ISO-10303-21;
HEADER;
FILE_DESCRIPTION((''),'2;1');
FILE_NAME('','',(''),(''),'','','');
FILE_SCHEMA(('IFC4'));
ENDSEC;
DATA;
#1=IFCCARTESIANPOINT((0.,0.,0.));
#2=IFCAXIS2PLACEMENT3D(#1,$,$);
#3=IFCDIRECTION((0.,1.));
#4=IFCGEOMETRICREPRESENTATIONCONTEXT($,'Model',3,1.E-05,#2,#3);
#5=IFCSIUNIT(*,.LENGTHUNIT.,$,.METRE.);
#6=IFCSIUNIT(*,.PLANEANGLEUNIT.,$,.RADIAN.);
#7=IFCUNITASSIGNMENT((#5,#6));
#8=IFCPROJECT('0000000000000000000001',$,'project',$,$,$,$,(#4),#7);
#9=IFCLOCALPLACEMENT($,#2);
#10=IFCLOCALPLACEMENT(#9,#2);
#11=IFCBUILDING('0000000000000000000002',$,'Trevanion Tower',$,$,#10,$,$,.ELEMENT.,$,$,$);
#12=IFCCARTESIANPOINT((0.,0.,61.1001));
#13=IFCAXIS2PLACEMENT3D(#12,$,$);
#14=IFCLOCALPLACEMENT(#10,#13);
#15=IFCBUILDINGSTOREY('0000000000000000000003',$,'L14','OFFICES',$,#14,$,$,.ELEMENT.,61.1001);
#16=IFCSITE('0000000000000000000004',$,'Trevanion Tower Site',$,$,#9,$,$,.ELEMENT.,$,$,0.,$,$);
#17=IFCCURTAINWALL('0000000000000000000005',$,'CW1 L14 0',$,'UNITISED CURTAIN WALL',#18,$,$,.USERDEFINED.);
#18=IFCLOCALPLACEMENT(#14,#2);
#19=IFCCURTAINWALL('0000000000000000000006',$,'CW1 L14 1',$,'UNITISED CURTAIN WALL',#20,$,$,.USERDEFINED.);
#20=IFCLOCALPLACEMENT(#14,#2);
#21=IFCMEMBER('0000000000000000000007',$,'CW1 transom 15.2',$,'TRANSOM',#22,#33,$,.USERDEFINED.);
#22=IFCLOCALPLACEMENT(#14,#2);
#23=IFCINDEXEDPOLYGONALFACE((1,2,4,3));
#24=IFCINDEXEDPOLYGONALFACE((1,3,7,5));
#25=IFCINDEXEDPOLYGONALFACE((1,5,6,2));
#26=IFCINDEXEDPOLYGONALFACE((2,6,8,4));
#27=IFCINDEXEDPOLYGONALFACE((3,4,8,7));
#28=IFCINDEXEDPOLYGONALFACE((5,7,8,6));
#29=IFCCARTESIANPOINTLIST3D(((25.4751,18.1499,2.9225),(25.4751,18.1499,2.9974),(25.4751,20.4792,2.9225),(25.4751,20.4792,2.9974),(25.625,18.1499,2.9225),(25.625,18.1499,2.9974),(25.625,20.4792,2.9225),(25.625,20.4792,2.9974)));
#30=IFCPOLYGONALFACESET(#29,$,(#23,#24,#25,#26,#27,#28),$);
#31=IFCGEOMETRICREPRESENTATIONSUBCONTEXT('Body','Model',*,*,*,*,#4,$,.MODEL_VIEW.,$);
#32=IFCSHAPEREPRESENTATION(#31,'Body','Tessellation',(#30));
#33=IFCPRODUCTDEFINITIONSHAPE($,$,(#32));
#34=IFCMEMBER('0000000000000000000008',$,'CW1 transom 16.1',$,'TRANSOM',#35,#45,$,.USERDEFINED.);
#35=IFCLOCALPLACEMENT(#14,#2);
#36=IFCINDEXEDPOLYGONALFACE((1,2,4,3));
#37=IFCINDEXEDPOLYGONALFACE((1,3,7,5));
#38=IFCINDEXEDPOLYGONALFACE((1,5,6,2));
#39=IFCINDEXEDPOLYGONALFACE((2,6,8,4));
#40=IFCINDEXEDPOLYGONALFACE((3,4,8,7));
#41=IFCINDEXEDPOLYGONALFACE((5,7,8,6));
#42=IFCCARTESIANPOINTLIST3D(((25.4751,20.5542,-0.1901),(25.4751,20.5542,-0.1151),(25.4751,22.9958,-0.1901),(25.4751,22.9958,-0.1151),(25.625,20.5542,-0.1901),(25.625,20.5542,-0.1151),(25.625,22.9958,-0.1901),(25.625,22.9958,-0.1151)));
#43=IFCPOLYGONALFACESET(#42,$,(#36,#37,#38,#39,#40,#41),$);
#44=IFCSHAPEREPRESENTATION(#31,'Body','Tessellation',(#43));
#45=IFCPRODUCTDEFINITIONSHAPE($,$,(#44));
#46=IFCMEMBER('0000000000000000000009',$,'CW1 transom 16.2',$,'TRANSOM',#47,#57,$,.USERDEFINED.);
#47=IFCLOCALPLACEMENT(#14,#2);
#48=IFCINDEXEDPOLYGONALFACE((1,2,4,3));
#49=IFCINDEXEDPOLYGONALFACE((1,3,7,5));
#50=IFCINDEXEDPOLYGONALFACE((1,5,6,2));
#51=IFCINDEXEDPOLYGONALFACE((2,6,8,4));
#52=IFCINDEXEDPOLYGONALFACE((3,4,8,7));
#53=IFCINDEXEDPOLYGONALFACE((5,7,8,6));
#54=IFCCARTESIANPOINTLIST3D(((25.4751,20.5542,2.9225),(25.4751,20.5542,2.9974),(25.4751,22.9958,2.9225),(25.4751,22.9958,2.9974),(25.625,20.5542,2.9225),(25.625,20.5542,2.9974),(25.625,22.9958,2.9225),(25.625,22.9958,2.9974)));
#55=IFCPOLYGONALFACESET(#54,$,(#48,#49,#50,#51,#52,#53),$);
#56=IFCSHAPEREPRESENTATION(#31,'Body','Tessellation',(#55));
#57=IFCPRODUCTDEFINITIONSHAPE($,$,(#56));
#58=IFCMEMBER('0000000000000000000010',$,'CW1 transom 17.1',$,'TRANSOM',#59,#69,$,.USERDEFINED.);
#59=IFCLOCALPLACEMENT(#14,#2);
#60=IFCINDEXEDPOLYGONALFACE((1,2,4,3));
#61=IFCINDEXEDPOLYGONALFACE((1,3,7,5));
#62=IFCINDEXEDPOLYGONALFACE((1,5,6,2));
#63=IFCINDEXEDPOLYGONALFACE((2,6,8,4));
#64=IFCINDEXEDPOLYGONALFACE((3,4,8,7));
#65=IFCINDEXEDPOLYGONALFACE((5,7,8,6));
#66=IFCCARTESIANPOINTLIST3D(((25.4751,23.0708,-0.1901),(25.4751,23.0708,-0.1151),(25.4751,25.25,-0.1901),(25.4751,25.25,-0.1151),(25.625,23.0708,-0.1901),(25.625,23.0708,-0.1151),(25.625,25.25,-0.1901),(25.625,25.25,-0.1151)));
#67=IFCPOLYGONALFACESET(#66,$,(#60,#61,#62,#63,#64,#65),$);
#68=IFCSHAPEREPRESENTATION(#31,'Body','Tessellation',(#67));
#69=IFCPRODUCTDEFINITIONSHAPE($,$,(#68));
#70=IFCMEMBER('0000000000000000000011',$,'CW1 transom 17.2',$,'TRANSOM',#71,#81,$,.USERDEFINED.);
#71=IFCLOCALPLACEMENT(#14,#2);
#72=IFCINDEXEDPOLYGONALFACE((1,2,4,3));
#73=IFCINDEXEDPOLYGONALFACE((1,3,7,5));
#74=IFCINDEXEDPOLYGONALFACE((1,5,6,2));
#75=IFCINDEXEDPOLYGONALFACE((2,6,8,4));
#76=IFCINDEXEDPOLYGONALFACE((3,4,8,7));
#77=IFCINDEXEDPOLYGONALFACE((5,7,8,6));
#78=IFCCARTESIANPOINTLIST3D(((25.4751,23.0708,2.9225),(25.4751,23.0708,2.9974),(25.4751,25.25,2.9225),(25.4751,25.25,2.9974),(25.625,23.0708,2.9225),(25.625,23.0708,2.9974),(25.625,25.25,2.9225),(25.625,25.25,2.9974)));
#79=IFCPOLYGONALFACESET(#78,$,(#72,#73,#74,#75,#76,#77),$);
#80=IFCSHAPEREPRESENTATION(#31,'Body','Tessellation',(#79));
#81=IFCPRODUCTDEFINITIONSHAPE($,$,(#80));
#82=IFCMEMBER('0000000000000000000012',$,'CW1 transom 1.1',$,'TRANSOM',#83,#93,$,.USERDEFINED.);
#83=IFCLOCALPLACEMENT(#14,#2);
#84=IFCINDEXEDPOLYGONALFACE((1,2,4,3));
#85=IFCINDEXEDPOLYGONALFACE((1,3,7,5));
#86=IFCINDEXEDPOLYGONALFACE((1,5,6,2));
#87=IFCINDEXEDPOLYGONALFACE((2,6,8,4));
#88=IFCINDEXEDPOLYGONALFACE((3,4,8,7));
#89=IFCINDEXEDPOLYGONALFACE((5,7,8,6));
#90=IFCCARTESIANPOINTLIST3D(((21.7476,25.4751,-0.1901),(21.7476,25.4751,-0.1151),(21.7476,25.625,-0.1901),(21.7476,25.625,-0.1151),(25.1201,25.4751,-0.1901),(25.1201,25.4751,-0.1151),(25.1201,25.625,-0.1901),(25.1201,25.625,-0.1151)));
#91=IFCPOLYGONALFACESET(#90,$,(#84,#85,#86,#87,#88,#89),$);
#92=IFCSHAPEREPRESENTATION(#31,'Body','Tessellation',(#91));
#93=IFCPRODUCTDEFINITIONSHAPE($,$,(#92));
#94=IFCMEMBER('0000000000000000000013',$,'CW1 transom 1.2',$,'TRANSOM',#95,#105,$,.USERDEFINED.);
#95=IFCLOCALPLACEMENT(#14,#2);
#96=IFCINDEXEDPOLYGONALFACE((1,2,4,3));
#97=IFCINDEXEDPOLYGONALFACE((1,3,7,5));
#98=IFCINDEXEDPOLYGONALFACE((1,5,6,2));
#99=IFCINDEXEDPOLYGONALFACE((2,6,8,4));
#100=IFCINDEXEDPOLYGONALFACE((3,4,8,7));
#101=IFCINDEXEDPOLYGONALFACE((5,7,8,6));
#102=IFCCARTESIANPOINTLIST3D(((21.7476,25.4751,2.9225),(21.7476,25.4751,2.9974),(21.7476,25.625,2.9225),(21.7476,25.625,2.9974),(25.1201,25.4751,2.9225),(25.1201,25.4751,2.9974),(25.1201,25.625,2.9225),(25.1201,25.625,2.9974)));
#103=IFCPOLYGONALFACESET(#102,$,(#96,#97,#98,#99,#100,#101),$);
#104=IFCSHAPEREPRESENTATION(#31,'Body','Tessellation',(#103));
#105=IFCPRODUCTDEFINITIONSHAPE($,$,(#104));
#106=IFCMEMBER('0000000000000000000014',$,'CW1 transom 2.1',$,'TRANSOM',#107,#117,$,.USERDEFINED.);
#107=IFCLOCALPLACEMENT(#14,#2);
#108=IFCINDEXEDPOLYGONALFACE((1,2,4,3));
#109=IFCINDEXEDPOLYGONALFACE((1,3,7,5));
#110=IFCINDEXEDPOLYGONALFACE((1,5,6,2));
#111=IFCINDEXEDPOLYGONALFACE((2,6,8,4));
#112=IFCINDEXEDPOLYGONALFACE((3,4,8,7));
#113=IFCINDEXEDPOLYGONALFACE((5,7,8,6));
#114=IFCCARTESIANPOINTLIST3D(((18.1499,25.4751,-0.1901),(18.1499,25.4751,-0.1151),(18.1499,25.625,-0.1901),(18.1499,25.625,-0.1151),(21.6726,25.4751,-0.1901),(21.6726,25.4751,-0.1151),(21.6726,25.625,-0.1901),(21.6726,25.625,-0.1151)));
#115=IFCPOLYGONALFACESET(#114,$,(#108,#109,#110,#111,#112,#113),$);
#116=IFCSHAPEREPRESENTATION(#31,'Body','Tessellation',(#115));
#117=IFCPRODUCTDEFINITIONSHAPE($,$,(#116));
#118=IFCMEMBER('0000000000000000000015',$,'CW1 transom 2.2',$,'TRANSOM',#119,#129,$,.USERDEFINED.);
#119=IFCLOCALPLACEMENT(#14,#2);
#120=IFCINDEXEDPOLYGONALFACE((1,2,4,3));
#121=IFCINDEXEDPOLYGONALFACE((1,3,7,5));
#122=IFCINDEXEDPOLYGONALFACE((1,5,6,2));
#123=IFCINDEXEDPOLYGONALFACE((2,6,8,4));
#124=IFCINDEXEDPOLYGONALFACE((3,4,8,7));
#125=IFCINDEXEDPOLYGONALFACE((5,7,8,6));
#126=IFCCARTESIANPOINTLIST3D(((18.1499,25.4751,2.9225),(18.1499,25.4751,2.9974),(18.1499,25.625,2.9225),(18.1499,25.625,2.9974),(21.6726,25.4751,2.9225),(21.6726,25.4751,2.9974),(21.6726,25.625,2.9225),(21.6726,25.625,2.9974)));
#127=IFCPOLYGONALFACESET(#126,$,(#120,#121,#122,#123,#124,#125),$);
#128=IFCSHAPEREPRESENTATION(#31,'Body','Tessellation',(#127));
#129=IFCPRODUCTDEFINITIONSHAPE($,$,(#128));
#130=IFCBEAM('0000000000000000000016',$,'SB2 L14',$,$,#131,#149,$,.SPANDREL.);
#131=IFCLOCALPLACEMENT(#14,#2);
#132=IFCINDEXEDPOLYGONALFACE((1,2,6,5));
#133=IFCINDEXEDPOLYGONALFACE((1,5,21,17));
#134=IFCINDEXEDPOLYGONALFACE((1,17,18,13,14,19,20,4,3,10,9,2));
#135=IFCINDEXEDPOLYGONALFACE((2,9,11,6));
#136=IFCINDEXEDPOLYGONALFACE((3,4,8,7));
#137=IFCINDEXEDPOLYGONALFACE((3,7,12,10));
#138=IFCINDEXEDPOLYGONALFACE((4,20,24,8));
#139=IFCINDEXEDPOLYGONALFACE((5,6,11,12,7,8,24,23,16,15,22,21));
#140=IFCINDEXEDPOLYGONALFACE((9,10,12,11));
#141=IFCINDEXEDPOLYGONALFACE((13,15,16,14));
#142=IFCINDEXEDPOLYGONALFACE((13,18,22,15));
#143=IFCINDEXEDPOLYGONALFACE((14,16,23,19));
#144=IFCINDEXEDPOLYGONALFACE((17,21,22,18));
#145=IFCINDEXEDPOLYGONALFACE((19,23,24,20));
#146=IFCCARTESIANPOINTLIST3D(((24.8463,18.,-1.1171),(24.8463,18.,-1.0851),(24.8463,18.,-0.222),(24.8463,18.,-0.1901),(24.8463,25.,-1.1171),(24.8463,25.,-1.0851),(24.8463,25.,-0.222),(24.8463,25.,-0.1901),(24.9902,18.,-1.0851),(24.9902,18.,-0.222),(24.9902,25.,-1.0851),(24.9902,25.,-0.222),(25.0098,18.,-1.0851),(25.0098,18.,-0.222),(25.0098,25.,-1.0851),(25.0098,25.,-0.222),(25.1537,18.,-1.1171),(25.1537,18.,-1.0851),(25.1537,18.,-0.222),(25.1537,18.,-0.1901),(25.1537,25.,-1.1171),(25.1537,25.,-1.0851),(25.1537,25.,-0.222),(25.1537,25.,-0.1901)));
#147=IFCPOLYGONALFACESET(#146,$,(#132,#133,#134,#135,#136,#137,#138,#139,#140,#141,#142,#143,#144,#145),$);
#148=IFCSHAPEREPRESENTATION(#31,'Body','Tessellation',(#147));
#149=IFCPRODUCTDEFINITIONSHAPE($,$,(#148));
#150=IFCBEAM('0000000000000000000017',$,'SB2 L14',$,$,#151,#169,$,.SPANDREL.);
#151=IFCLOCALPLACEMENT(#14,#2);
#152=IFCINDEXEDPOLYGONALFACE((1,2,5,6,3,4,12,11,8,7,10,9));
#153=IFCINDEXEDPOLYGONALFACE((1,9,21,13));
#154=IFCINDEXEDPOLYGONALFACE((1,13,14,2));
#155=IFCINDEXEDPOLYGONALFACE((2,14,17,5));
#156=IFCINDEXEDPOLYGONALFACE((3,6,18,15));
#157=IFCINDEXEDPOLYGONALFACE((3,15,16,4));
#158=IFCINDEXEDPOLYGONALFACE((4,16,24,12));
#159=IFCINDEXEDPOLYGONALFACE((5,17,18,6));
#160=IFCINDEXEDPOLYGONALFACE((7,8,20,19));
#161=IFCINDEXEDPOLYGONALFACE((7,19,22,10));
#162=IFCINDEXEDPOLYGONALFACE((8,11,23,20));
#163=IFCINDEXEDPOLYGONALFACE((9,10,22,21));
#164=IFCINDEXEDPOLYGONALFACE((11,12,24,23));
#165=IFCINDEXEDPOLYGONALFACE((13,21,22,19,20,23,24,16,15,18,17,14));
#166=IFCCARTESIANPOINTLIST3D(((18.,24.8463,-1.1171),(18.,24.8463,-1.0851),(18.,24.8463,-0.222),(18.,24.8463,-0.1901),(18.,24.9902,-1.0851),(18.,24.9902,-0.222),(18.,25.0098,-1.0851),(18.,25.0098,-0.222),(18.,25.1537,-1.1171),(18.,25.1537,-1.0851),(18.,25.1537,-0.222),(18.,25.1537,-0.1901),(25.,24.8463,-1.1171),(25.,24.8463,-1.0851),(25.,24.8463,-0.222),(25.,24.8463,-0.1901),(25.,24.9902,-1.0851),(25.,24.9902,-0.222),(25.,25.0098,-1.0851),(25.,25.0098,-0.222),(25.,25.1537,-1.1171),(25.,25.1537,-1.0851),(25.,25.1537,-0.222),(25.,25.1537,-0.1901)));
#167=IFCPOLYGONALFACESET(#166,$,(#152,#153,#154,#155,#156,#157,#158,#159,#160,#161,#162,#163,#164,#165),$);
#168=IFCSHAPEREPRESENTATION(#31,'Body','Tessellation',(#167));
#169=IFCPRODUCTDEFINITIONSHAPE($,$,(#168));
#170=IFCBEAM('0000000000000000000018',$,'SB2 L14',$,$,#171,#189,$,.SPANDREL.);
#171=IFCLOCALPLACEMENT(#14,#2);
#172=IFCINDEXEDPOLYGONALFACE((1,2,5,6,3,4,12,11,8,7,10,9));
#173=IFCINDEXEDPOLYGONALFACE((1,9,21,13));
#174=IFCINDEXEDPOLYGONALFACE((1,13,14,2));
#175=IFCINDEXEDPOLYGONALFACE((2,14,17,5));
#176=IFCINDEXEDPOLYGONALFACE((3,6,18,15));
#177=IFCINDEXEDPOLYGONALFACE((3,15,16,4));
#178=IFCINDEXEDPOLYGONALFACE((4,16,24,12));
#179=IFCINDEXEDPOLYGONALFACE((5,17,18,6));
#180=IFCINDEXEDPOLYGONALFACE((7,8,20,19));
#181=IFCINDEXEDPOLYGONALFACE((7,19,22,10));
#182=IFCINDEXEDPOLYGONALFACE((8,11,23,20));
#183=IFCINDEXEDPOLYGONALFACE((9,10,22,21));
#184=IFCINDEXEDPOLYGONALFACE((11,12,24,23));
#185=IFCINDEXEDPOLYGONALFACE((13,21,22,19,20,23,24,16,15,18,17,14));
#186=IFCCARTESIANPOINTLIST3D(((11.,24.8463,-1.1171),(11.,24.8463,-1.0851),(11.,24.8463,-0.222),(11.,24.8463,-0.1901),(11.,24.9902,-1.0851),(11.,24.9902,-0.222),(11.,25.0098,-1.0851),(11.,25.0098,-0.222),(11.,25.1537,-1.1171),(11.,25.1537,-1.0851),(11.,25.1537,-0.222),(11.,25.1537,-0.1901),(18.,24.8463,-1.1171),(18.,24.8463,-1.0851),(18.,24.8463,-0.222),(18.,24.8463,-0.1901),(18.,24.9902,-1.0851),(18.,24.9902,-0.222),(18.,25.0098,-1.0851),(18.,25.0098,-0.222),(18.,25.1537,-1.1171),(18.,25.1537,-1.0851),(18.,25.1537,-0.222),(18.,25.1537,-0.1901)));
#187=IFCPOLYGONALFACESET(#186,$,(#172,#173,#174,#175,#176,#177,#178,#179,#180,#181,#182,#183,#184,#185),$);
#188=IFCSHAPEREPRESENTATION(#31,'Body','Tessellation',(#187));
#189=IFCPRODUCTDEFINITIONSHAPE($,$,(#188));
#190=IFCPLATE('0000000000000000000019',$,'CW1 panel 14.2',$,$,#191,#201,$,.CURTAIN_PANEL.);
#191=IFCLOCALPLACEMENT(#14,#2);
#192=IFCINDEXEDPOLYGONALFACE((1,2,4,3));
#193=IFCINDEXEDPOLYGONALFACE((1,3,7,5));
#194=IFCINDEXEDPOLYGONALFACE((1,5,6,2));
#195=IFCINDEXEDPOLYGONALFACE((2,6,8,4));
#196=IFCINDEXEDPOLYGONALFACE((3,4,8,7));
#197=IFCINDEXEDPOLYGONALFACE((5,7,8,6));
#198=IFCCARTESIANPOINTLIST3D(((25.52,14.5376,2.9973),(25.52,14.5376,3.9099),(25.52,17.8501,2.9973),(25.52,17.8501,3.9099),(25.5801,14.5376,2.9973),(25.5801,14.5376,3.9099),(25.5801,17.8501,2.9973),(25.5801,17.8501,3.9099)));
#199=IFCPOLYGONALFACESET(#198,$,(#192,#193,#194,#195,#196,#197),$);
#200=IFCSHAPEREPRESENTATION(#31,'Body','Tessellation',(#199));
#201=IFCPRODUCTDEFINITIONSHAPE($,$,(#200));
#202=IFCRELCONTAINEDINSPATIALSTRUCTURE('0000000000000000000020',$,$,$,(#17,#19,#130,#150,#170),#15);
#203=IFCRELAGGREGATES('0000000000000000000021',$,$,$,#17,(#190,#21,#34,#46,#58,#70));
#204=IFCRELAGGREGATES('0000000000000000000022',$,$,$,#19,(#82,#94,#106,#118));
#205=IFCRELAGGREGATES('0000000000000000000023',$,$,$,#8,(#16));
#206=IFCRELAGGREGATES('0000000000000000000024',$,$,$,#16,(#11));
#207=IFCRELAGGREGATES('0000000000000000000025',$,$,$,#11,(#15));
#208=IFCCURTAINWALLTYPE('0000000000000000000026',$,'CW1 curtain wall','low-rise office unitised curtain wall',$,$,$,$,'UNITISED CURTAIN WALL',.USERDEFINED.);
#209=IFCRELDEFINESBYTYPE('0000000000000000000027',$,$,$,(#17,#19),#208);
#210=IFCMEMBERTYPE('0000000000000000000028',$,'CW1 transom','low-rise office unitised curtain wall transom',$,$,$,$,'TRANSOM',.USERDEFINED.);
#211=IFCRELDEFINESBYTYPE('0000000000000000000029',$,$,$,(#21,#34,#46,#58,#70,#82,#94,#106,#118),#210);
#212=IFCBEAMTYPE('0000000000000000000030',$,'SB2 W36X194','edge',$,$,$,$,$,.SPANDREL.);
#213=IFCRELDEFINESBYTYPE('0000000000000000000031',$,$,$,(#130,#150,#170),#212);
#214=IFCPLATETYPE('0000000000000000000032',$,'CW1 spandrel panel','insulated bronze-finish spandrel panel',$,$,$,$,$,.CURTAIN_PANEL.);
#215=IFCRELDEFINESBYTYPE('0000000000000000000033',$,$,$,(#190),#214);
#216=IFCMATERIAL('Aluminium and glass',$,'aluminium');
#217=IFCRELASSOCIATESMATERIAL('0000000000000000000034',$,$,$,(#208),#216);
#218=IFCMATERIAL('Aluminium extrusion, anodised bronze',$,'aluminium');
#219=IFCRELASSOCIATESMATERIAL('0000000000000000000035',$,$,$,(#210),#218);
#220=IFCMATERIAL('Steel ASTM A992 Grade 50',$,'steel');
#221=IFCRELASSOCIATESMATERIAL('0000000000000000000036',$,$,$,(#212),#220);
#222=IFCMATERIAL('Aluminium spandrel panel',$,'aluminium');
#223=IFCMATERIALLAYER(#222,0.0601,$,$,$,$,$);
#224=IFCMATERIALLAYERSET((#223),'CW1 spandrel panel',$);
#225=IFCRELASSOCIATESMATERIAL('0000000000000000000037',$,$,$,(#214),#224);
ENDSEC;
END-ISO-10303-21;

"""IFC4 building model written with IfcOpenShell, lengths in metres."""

from ifc_helpers import new_model, si_unit, direction, frame, origin, origin_2d, place, context, subcontext, project, spatial, rectangle, i_section, extrude, material, layer, layer_set, material_profile, profile_set, type_object, element, aggregate, save


model = new_model("IFC4")

# Units and contexts
model_context = context("Model", 3, precision=1e-05, world=origin(), true_north=direction((0.0, 1.0)))
body_context = subcontext(model_context, "Body", "Model", "MODEL_VIEW")
ifc_project = project(units=[si_unit("LENGTHUNIT", "METRE"), si_unit("PLANEANGLEUNIT", "RADIAN")], contexts=[model_context])

# Site, building, storey
site_placement = place(None, origin())
site = spatial("IfcSite", under=ifc_project, at=site_placement, Name="Trevanion Tower Site", CompositionType="ELEMENT", RefElevation=0.0)
building_placement = place(site_placement, origin())
building = spatial("IfcBuilding", under=site, at=building_placement, Name="Trevanion Tower", CompositionType="ELEMENT")
storey_placement = place(building_placement, frame((0.0, 0.0, 61.1001)))
storey = spatial("IfcBuildingStorey", under=building, at=storey_placement, Name="L14", Description="OFFICES", CompositionType="ELEMENT", Elevation=61.1001)

# Curtain wall
ifc_material_1 = material(Name="Aluminium and glass", Category="aluminium")
curtain_wall_type = type_object("IfcCurtainWallType", Name="CW1 curtain wall", Description="low-rise office unitised curtain wall", ElementType="UNITISED CURTAIN WALL", PredefinedType="USERDEFINED", material=ifc_material_1)
curtain_wall_1_placement = place(storey_placement, origin())
curtain_wall_1 = element("IfcCurtainWall", 1, at=curtain_wall_1_placement, inside=storey, type_object=curtain_wall_type, Name="CW1 L14 0", ObjectType="UNITISED CURTAIN WALL", PredefinedType="USERDEFINED")

# Curtain wall
curtain_wall_2_placement = place(storey_placement, origin())
curtain_wall_2 = element("IfcCurtainWall", 2, at=curtain_wall_2_placement, inside=storey, type_object=curtain_wall_type, Name="CW1 L14 1", ObjectType="UNITISED CURTAIN WALL", PredefinedType="USERDEFINED")

# Members
ifc_material_2 = material(Name="Aluminium extrusion, anodised bronze", Category="aluminium")
ifc_material_profile_1 = material_profile(ifc_material_2, rectangle(XDim=0.1499, YDim=0.075, at=origin_2d()), Name="CW1 transom")
ifc_profile_set_1 = profile_set([ifc_material_profile_1], Name="Aluminium extrusion, anodised bronze")
member_type_1 = type_object("IfcMemberType", Name="CW1 transom", Description="low-rise office unitised curtain wall transom", ElementType="TRANSOM", PredefinedType="USERDEFINED", material=ifc_profile_set_1)
member_1_placement = place(storey_placement, frame((25.55, 18.1499, 2.96), z_axis=(0.0, 1.0, 0.0), x_axis=(-1.0, 0.0, 0.0)))
member_1 = element("IfcMember", 3, at=member_1_placement, type_object=member_type_1, Name="CW1 transom 15.2", ObjectType="TRANSOM", PredefinedType="USERDEFINED", context=body_context, shape_type="SweptSolid", body=[
    extrude(rectangle(XDim=0.1499, YDim=0.075, at=origin_2d()), origin(), (0.0, 0.0, 1.0), 2.3293),
])
member_2_placement = place(storey_placement, frame((25.55, 20.5542, -0.1526), z_axis=(0.0, 1.0, 0.0), x_axis=(-1.0, 0.0, 0.0)))
member_2 = element("IfcMember", 4, at=member_2_placement, type_object=member_type_1, Name="CW1 transom 16.1", ObjectType="TRANSOM", PredefinedType="USERDEFINED", context=body_context, shape_type="SweptSolid", body=[
    extrude(rectangle(XDim=0.1499, YDim=0.075, at=origin_2d()), origin(), (0.0, 0.0, 1.0), 2.4417),
])
member_3_placement = place(storey_placement, frame((25.55, 20.5542, 2.96), z_axis=(0.0, 1.0, 0.0), x_axis=(-1.0, 0.0, 0.0)))
member_3 = element("IfcMember", 5, at=member_3_placement, type_object=member_type_1, Name="CW1 transom 16.2", ObjectType="TRANSOM", PredefinedType="USERDEFINED", context=body_context, shape_type="SweptSolid", body=[
    extrude(rectangle(XDim=0.1499, YDim=0.075, at=origin_2d()), origin(), (0.0, 0.0, 1.0), 2.4417),
])
member_4_placement = place(storey_placement, frame((25.55, 23.0708, -0.1526), z_axis=(0.0, 1.0, 0.0), x_axis=(-1.0, 0.0, 0.0)))
member_4 = element("IfcMember", 6, at=member_4_placement, type_object=member_type_1, Name="CW1 transom 17.1", ObjectType="TRANSOM", PredefinedType="USERDEFINED", context=body_context, shape_type="SweptSolid", body=[
    extrude(rectangle(XDim=0.1499, YDim=0.075, at=origin_2d()), origin(), (0.0, 0.0, 1.0), 2.1792),
])
member_5_placement = place(storey_placement, frame((25.55, 23.0708, 2.96), z_axis=(0.0, 1.0, 0.0), x_axis=(-1.0, 0.0, 0.0)))
member_5 = element("IfcMember", 7, at=member_5_placement, type_object=member_type_1, Name="CW1 transom 17.2", ObjectType="TRANSOM", PredefinedType="USERDEFINED", context=body_context, shape_type="SweptSolid", body=[
    extrude(rectangle(XDim=0.1499, YDim=0.075, at=origin_2d()), origin(), (0.0, 0.0, 1.0), 2.1792),
])
member_6_placement = place(storey_placement, frame((25.1201, 25.55, -0.1526), z_axis=(-1.0, 0.0, 0.0), x_axis=(0.0, -1.0, 0.0)))
member_6 = element("IfcMember", 8, at=member_6_placement, type_object=member_type_1, Name="CW1 transom 1.1", ObjectType="TRANSOM", PredefinedType="USERDEFINED", context=body_context, shape_type="SweptSolid", body=[
    extrude(rectangle(XDim=0.1499, YDim=0.075, at=origin_2d()), origin(), (0.0, 0.0, 1.0), 3.3726),
])
member_7_placement = place(storey_placement, frame((25.1201, 25.55, 2.96), z_axis=(-1.0, 0.0, 0.0), x_axis=(0.0, -1.0, 0.0)))
member_7 = element("IfcMember", 9, at=member_7_placement, type_object=member_type_1, Name="CW1 transom 1.2", ObjectType="TRANSOM", PredefinedType="USERDEFINED", context=body_context, shape_type="SweptSolid", body=[
    extrude(rectangle(XDim=0.1499, YDim=0.075, at=origin_2d()), origin(), (0.0, 0.0, 1.0), 3.3726),
])
member_8_placement = place(storey_placement, frame((21.6726, 25.55, -0.1526), z_axis=(-1.0, 0.0, 0.0), x_axis=(0.0, -1.0, 0.0)))
member_8 = element("IfcMember", 10, at=member_8_placement, type_object=member_type_1, Name="CW1 transom 2.1", ObjectType="TRANSOM", PredefinedType="USERDEFINED", context=body_context, shape_type="SweptSolid", body=[
    extrude(rectangle(XDim=0.1499, YDim=0.075, at=origin_2d()), origin(), (0.0, 0.0, 1.0), 3.5227),
])
member_9_placement = place(storey_placement, frame((21.6726, 25.55, 2.96), z_axis=(-1.0, 0.0, 0.0), x_axis=(0.0, -1.0, 0.0)))
member_9 = element("IfcMember", 11, at=member_9_placement, type_object=member_type_1, Name="CW1 transom 2.2", ObjectType="TRANSOM", PredefinedType="USERDEFINED", context=body_context, shape_type="SweptSolid", body=[
    extrude(rectangle(XDim=0.1499, YDim=0.075, at=origin_2d()), origin(), (0.0, 0.0, 1.0), 3.5227),
])

# Beams
ifc_material_3 = material(Name="Steel ASTM A992 Grade 50", Category="steel")
ifc_material_profile_2 = material_profile(ifc_material_3, i_section(OverallWidth=0.3074, OverallDepth=0.927, WebThickness=0.0195, FlangeThickness=0.032, at=origin_2d()), Name="W36X194")
ifc_profile_set_2 = profile_set([ifc_material_profile_2], Name="Steel ASTM A992 Grade 50")
beam_type = type_object("IfcBeamType", Name="SB2 W36X194", Description="edge", PredefinedType="SPANDREL", material=ifc_profile_set_2)
for number, where, z_axis, x_axis, name in (
    (12, (25.0, 18.0, -0.6536), (0.0, 1.0, 0.0), (-1.0, 0.0, 0.0), "SB2 L14"),
    (13, (25.0, 25.0, -0.6536), (-1.0, 0.0, 0.0), (0.0, -1.0, 0.0), "SB2 L14"),
    (14, (18.0, 25.0, -0.6536), (-1.0, 0.0, 0.0), (0.0, -1.0, 0.0), "SB2 L14"),
):
    element("IfcBeam", number, at=place(storey_placement, frame(where, z_axis=z_axis, x_axis=x_axis)), inside=storey, type_object=beam_type, Name=name, PredefinedType="SPANDREL", context=body_context, shape_type="SweptSolid", body=[
        extrude(i_section(OverallWidth=0.3074, OverallDepth=0.927, WebThickness=0.0195, FlangeThickness=0.032, at=origin_2d()), origin(), (0.0, 0.0, 1.0), 7.0),
    ])

# Plate
ifc_material_4 = material(Name="Aluminium spandrel panel", Category="aluminium")
ifc_layer_1 = layer(ifc_material_4, 0.0601)
ifc_layer_set_1 = layer_set([ifc_layer_1], Name="CW1 spandrel panel")
plate_type_1 = type_object("IfcPlateType", Name="CW1 spandrel panel", Description="insulated bronze-finish spandrel panel", PredefinedType="CURTAIN_PANEL", material=ifc_layer_set_1)
plate_1_placement = place(storey_placement, frame((25.55, 16.1938, 2.9973), z_axis=(0.0, 0.0, 1.0), x_axis=(0.0, 1.0, 0.0)))
plate_1 = element("IfcPlate", 15, at=plate_1_placement, type_object=plate_type_1, Name="CW1 panel 14.2", PredefinedType="CURTAIN_PANEL", context=body_context, shape_type="SweptSolid", body=[
    extrude(rectangle(XDim=3.3125, YDim=0.0601, at=origin_2d()), origin(), (0.0, 0.0, 1.0), 0.9126),
])
aggregate(curtain_wall_1, [plate_1, member_1, member_2, member_3, member_4, member_5])
aggregate(curtain_wall_2, [member_6, member_7, member_8, member_9])

save(model, "model.ifc")
